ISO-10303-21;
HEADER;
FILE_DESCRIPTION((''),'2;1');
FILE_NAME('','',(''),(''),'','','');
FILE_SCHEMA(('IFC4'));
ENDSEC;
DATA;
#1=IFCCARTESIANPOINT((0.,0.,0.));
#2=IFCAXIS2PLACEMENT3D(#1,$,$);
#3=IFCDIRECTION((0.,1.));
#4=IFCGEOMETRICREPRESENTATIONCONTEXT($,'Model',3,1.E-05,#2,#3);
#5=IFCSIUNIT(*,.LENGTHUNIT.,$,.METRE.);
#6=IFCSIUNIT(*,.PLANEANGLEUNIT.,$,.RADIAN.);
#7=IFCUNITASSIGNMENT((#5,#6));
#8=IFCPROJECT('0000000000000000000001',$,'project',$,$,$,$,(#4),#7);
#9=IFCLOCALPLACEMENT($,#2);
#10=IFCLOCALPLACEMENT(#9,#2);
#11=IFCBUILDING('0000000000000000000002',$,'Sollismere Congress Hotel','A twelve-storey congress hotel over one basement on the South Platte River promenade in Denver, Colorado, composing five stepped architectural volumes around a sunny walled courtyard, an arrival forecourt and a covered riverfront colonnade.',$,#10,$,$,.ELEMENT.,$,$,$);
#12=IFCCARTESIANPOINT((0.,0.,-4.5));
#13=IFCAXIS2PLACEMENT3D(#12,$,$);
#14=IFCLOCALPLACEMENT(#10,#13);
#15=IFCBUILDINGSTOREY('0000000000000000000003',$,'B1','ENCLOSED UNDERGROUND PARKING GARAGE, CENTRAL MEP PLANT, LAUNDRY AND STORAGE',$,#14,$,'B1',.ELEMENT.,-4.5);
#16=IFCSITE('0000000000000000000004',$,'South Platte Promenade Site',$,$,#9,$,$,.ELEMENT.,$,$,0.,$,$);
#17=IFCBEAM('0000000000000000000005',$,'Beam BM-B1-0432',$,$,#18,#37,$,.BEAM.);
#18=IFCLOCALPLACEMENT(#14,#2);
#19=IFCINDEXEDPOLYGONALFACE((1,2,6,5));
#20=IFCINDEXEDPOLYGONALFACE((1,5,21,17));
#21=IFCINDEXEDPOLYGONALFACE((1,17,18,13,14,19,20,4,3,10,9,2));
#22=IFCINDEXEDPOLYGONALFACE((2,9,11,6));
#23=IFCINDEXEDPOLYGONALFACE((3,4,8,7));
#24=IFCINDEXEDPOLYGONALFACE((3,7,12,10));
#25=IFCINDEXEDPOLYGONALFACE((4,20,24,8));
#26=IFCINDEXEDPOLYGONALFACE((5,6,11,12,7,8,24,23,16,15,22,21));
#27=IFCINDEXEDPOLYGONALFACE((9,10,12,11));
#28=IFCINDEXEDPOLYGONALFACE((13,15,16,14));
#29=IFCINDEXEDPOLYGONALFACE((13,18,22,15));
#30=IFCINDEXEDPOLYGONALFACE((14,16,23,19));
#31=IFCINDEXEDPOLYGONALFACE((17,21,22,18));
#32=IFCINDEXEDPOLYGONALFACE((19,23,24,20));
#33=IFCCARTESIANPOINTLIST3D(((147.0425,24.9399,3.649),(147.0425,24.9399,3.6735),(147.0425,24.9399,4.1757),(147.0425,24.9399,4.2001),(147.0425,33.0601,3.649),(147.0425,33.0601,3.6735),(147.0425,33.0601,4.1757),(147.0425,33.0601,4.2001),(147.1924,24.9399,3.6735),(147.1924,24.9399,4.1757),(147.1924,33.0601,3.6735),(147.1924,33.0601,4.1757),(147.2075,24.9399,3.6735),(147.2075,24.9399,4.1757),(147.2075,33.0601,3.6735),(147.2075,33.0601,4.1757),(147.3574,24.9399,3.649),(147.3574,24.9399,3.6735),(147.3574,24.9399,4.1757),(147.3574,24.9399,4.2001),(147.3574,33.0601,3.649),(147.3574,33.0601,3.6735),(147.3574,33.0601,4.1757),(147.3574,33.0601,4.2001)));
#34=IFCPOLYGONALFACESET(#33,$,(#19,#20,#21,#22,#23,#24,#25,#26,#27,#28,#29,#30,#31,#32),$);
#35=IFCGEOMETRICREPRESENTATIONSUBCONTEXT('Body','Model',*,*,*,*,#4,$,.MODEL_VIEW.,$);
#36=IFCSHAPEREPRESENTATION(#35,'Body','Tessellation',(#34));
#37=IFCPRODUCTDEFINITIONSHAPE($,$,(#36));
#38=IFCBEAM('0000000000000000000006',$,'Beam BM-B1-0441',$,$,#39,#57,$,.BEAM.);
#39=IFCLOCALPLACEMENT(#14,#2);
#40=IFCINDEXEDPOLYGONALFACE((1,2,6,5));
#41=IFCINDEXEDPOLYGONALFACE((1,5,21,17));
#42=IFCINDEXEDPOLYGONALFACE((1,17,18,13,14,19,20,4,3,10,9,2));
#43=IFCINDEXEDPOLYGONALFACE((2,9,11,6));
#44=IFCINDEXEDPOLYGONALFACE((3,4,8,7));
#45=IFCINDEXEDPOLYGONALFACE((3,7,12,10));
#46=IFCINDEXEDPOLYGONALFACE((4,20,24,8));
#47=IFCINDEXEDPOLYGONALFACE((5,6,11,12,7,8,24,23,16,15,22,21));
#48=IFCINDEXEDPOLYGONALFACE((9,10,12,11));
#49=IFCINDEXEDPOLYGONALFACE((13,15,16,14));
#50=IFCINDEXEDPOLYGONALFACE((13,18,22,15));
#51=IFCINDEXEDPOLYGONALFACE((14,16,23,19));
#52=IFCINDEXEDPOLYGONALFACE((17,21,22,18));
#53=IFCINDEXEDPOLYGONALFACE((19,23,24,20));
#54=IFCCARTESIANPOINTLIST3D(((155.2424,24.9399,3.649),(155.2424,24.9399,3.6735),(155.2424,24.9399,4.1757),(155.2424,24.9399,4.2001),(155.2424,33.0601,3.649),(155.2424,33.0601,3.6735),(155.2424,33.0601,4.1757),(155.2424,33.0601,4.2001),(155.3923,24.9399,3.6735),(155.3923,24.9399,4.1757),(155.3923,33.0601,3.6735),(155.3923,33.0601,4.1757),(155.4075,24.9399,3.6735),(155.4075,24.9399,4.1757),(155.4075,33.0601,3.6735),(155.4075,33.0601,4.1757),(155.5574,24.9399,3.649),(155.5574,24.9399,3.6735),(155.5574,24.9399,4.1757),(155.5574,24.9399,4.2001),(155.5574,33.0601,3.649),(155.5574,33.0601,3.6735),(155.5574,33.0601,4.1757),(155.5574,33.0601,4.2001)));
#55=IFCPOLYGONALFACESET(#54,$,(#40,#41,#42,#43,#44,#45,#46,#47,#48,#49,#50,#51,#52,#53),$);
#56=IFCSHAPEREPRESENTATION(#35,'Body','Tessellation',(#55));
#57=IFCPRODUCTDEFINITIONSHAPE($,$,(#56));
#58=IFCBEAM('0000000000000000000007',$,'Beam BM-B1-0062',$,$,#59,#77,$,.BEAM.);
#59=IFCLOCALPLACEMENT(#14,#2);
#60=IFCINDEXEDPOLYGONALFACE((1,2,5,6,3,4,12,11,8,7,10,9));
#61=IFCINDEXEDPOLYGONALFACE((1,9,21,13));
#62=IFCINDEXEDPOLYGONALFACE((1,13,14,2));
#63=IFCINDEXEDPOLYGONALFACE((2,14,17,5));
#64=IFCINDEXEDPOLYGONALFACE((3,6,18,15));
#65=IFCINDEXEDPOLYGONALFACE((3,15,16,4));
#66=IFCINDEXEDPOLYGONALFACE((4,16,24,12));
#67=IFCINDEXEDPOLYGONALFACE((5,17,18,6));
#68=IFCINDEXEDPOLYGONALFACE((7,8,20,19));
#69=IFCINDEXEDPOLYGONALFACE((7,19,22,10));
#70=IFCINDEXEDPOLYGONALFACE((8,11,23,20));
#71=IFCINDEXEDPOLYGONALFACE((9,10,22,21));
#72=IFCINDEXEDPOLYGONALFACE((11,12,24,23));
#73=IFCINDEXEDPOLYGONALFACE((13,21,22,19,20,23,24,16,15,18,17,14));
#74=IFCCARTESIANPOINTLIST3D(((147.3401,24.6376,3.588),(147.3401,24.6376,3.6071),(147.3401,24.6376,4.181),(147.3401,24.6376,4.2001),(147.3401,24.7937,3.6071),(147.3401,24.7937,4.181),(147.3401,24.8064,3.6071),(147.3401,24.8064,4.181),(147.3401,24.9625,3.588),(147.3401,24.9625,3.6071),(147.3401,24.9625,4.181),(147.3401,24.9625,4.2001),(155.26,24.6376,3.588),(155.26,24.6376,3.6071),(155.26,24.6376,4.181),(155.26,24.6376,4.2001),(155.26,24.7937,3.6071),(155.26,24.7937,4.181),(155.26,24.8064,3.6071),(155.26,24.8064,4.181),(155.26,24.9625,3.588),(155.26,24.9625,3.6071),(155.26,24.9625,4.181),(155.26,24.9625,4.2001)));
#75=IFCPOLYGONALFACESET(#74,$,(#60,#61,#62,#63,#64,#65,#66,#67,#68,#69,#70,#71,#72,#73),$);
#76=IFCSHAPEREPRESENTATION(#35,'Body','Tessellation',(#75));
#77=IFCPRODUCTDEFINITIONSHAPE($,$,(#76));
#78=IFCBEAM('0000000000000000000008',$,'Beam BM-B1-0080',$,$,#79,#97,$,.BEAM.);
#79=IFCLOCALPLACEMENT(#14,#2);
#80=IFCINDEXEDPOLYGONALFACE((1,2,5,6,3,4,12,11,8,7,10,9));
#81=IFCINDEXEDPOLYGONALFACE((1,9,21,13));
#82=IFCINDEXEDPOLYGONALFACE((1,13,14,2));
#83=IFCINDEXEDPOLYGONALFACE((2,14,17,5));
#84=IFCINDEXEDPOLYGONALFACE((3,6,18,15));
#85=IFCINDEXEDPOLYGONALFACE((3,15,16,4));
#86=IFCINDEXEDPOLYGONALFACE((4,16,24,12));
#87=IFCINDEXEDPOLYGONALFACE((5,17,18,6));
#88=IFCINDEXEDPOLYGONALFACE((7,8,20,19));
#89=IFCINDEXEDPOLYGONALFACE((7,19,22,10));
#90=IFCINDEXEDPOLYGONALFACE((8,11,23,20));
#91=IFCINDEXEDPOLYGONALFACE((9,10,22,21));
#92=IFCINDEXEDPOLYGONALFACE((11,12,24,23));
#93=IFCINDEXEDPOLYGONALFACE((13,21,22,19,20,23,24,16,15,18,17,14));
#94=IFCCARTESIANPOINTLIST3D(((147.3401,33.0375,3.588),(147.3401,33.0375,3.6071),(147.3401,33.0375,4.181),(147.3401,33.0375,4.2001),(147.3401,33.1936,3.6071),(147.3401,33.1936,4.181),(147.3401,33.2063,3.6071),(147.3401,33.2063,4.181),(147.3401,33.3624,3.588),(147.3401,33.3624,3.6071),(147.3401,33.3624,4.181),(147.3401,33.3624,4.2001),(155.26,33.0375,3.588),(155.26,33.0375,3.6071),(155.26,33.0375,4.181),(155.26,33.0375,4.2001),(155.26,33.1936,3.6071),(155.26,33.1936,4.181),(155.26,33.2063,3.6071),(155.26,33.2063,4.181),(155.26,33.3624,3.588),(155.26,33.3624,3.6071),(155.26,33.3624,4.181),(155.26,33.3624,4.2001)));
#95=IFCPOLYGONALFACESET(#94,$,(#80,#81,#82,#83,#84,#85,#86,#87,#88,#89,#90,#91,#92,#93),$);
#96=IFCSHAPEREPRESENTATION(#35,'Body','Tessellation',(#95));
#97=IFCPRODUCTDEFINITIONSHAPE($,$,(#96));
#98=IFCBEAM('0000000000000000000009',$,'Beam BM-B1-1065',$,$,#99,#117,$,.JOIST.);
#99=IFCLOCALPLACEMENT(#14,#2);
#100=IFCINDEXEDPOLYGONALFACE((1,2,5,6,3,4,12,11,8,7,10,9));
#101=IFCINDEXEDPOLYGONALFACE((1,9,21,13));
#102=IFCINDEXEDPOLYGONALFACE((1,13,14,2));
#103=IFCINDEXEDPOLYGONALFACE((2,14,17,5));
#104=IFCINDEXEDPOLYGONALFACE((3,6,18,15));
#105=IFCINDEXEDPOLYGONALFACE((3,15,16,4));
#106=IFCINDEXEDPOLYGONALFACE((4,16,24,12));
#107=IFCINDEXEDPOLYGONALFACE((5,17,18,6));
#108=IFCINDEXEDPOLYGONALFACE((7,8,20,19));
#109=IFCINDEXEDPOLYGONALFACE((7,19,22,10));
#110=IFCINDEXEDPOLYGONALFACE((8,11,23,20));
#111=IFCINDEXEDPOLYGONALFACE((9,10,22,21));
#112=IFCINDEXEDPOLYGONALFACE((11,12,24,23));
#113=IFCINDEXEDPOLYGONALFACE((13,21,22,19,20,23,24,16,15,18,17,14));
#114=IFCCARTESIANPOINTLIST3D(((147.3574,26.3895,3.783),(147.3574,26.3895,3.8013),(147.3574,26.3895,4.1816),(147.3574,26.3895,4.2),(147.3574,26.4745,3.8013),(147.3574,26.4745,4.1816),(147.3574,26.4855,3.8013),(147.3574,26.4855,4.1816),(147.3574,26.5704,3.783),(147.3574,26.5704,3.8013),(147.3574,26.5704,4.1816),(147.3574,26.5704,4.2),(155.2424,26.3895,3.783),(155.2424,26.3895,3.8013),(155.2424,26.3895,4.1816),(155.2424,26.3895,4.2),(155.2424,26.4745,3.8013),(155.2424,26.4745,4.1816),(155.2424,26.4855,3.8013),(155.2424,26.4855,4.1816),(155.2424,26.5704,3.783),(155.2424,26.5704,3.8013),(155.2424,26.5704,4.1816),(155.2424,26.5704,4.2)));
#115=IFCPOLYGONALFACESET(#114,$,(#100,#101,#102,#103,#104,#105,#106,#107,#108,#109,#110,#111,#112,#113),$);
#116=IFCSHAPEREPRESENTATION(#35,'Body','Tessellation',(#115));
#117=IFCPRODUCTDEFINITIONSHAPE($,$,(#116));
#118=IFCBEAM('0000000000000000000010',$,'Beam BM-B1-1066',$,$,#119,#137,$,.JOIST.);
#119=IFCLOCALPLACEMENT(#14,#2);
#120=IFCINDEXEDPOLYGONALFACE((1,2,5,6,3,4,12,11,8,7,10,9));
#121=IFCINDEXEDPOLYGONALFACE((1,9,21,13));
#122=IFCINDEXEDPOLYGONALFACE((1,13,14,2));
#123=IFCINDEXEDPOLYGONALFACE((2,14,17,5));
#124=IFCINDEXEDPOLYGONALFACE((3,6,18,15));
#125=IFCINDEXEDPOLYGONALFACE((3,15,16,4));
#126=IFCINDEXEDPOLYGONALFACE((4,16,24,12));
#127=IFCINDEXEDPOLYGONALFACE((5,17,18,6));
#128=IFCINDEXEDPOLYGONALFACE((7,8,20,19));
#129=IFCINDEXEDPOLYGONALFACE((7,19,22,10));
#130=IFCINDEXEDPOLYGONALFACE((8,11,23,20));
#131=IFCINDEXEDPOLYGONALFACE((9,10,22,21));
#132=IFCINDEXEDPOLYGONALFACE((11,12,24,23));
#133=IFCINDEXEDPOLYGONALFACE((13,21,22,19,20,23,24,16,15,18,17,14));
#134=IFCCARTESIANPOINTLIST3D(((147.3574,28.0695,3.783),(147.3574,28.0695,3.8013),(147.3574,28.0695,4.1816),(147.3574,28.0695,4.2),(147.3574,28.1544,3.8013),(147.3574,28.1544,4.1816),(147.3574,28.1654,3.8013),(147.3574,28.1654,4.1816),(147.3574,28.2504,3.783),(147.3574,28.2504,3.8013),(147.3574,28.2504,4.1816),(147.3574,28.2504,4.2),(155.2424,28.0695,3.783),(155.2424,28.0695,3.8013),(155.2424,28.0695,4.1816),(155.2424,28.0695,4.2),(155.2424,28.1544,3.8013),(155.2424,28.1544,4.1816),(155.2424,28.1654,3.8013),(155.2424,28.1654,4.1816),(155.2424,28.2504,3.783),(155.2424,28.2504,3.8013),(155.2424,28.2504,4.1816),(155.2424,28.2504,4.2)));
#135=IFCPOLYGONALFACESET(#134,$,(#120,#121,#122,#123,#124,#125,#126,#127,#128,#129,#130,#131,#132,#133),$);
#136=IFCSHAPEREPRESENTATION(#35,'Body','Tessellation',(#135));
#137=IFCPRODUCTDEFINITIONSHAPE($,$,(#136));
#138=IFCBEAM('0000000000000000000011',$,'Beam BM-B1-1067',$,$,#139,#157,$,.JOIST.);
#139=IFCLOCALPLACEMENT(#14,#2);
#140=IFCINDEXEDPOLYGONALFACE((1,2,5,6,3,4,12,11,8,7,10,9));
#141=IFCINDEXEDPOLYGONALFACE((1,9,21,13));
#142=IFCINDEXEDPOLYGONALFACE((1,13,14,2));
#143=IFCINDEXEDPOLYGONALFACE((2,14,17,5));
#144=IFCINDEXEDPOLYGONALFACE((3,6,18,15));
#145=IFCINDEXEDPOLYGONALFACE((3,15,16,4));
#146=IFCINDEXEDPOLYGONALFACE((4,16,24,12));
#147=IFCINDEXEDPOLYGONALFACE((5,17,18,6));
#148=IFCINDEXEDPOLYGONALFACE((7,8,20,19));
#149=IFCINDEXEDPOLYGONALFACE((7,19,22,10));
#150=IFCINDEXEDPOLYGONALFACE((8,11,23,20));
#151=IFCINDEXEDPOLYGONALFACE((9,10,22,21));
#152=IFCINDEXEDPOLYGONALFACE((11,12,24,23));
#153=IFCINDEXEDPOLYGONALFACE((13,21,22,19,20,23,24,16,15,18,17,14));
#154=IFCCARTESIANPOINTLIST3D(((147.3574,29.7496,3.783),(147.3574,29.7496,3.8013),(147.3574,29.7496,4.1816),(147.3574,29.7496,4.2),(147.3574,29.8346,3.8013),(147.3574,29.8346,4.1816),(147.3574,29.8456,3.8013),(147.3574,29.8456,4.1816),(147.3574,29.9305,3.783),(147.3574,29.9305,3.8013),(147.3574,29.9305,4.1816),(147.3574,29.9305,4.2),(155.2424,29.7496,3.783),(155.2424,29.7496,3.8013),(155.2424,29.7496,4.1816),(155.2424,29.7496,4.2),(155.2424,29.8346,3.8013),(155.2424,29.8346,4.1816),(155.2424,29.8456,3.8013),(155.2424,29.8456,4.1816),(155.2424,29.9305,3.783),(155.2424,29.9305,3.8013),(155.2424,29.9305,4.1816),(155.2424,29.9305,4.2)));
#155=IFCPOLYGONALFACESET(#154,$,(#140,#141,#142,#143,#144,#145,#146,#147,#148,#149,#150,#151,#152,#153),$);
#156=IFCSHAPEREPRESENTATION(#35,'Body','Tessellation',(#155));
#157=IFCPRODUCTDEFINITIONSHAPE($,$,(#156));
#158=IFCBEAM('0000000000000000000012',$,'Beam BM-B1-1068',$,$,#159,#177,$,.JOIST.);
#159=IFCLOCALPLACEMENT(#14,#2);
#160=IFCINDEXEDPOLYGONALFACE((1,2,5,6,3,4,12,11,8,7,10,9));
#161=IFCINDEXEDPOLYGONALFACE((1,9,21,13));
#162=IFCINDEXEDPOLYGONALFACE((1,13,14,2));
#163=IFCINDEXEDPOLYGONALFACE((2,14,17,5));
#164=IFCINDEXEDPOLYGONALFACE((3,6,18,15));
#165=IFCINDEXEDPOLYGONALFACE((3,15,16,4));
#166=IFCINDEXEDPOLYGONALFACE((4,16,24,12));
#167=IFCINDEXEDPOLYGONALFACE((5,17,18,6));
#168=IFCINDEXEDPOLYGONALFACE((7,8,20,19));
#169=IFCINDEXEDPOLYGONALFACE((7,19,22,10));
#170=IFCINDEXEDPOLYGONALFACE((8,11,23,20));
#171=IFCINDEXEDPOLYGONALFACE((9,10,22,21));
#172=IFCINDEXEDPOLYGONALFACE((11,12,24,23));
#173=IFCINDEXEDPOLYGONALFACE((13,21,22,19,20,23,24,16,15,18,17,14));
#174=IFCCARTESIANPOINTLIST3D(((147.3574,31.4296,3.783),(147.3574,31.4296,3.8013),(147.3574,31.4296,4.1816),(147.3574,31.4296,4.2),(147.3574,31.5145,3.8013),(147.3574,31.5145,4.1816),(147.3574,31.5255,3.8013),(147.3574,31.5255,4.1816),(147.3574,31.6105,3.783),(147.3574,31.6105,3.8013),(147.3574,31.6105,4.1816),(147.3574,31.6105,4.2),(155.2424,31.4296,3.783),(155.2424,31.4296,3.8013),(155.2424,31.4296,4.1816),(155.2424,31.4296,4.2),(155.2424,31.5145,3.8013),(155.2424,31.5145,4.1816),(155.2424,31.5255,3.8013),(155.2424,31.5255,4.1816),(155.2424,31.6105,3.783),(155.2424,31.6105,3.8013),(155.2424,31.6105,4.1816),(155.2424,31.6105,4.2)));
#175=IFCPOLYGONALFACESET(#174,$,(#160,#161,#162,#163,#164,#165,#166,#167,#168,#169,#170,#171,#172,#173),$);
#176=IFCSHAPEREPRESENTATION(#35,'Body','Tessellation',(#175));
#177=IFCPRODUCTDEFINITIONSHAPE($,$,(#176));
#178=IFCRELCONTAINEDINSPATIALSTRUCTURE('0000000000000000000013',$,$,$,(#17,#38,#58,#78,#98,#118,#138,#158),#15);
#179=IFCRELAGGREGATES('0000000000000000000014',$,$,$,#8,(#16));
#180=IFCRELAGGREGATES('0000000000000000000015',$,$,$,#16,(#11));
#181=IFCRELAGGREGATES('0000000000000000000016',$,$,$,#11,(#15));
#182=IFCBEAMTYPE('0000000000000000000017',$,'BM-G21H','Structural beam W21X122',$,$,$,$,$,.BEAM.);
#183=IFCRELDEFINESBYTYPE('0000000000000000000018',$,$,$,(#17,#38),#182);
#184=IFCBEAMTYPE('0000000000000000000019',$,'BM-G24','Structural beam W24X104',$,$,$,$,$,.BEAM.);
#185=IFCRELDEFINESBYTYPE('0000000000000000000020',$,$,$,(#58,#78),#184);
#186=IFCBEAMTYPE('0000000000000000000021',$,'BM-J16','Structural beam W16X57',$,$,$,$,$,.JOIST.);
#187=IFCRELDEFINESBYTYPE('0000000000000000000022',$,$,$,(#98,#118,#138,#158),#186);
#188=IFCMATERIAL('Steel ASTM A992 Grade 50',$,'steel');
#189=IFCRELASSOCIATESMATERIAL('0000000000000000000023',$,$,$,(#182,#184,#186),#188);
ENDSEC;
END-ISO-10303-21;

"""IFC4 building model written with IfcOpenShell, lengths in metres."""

from ifc_helpers import new_model, si_unit, direction, frame, origin, origin_2d, place, context, subcontext, project, spatial, i_section, extrude, material, material_profile, profile_set, type_object, element, save


model = new_model("IFC4")

# Units and contexts
model_context = context("Model", 3, precision=1e-05, world=origin(), true_north=direction((0.0, 1.0)))
body_context = subcontext(model_context, "Body", "Model", "MODEL_VIEW")
ifc_project = project(units=[si_unit("LENGTHUNIT", "METRE"), si_unit("PLANEANGLEUNIT", "RADIAN")], contexts=[model_context])

# Site, building, storey
site_placement = place(None, origin())
site = spatial("IfcSite", under=ifc_project, at=site_placement, Name="South Platte Promenade Site", CompositionType="ELEMENT", RefElevation=0.0)
building_placement = place(site_placement, origin())
building = spatial("IfcBuilding", under=site, at=building_placement, Name="Sollismere Congress Hotel", Description="A twelve-storey congress hotel over one basement on the South Platte River promenade in Denver, Colorado, composing five stepped architectural volumes around a sunny walled courtyard, an arrival forecourt and a covered riverfront colonnade.", CompositionType="ELEMENT")
storey_placement = place(building_placement, frame((0.0, 0.0, -4.5)))
storey = spatial("IfcBuildingStorey", under=building, at=storey_placement, Name="B1", Description="ENCLOSED UNDERGROUND PARKING GARAGE, CENTRAL MEP PLANT, LAUNDRY AND STORAGE", LongName="B1", CompositionType="ELEMENT", Elevation=-4.5)

# Beams
ifc_material_1 = material(Name="Steel ASTM A992 Grade 50", Category="steel")
ifc_material_profile_1 = material_profile(ifc_material_1, i_section(OverallWidth=0.3149, OverallDepth=0.551, WebThickness=0.0151, FlangeThickness=0.0244, at=origin_2d()), Name="W21X122")
ifc_profile_set_1 = profile_set([ifc_material_profile_1], Name="Steel ASTM A992 Grade 50")
beam_type_1 = type_object("IfcBeamType", Name="BM-G21H", Description="Structural beam W21X122", PredefinedType="BEAM", material=ifc_profile_set_1)
for number, where, z_axis, x_axis, name in (
    (1, (147.2, 24.9399, 3.9246), (0.0, 1.0, 0.0), (-1.0, 0.0, 0.0), "Beam BM-B1-0432"),
    (2, (155.3999, 24.9399, 3.9246), (0.0, 1.0, 0.0), (-1.0, 0.0, 0.0), "Beam BM-B1-0441"),
):
    element("IfcBeam", number, at=place(storey_placement, frame(where, z_axis=z_axis, x_axis=x_axis)), inside=storey, type_object=beam_type_1, Name=name, PredefinedType="BEAM", context=body_context, shape_type="SweptSolid", body=[
        extrude(i_section(OverallWidth=0.3149, OverallDepth=0.551, WebThickness=0.0151, FlangeThickness=0.0244, at=origin_2d()), origin(), (0.0, 0.0, 1.0), 8.1201),
    ])
ifc_material_profile_2 = material_profile(ifc_material_1, i_section(OverallWidth=0.325, OverallDepth=0.6121, WebThickness=0.0127, FlangeThickness=0.019, at=origin_2d()), Name="W24X104")
ifc_profile_set_2 = profile_set([ifc_material_profile_2], Name="Steel ASTM A992 Grade 50")
beam_type_2 = type_object("IfcBeamType", Name="BM-G24", Description="Structural beam W24X104", PredefinedType="BEAM", material=ifc_profile_set_2)
for number, where, z_axis, x_axis, name in (
    (3, (147.3401, 24.8, 3.894), (1.0, 0.0, 0.0), (0.0, 1.0, 0.0), "Beam BM-B1-0062"),
    (4, (147.3401, 33.2, 3.894), (1.0, 0.0, 0.0), (0.0, 1.0, 0.0), "Beam BM-B1-0080"),
):
    element("IfcBeam", number, at=place(storey_placement, frame(where, z_axis=z_axis, x_axis=x_axis)), inside=storey, type_object=beam_type_2, Name=name, PredefinedType="BEAM", context=body_context, shape_type="SweptSolid", body=[
        extrude(i_section(OverallWidth=0.325, OverallDepth=0.6121, WebThickness=0.0127, FlangeThickness=0.019, at=origin_2d()), origin(), (0.0, 0.0, 1.0), 7.9199),
    ])
ifc_material_profile_3 = material_profile(ifc_material_1, i_section(OverallWidth=0.1809, OverallDepth=0.417, WebThickness=0.011, FlangeThickness=0.0183, at=origin_2d()), Name="W16X57")
ifc_profile_set_3 = profile_set([ifc_material_profile_3], Name="Steel ASTM A992 Grade 50")
beam_type_3 = type_object("IfcBeamType", Name="BM-J16", Description="Structural beam W16X57", PredefinedType="JOIST", material=ifc_profile_set_3)
for number, where, z_axis, x_axis, name in (
    (5, (147.3574, 26.48, 3.9915), (1.0, 0.0, 0.0), (0.0, 1.0, 0.0), "Beam BM-B1-1065"),
    (6, (147.3574, 28.1599, 3.9915), (1.0, 0.0, 0.0), (0.0, 1.0, 0.0), "Beam BM-B1-1066"),
    (7, (147.3574, 29.8401, 3.9915), (1.0, 0.0, 0.0), (0.0, 1.0, 0.0), "Beam BM-B1-1067"),
    (8, (147.3574, 31.52, 3.9915), (1.0, 0.0, 0.0), (0.0, 1.0, 0.0), "Beam BM-B1-1068"),
):
    element("IfcBeam", number, at=place(storey_placement, frame(where, z_axis=z_axis, x_axis=x_axis)), inside=storey, type_object=beam_type_3, Name=name, PredefinedType="JOIST", context=body_context, shape_type="SweptSolid", body=[
        extrude(i_section(OverallWidth=0.1809, OverallDepth=0.417, WebThickness=0.011, FlangeThickness=0.0183, at=origin_2d()), origin(), (0.0, 0.0, 1.0), 7.885),
    ])

save(model, "model.ifc")
